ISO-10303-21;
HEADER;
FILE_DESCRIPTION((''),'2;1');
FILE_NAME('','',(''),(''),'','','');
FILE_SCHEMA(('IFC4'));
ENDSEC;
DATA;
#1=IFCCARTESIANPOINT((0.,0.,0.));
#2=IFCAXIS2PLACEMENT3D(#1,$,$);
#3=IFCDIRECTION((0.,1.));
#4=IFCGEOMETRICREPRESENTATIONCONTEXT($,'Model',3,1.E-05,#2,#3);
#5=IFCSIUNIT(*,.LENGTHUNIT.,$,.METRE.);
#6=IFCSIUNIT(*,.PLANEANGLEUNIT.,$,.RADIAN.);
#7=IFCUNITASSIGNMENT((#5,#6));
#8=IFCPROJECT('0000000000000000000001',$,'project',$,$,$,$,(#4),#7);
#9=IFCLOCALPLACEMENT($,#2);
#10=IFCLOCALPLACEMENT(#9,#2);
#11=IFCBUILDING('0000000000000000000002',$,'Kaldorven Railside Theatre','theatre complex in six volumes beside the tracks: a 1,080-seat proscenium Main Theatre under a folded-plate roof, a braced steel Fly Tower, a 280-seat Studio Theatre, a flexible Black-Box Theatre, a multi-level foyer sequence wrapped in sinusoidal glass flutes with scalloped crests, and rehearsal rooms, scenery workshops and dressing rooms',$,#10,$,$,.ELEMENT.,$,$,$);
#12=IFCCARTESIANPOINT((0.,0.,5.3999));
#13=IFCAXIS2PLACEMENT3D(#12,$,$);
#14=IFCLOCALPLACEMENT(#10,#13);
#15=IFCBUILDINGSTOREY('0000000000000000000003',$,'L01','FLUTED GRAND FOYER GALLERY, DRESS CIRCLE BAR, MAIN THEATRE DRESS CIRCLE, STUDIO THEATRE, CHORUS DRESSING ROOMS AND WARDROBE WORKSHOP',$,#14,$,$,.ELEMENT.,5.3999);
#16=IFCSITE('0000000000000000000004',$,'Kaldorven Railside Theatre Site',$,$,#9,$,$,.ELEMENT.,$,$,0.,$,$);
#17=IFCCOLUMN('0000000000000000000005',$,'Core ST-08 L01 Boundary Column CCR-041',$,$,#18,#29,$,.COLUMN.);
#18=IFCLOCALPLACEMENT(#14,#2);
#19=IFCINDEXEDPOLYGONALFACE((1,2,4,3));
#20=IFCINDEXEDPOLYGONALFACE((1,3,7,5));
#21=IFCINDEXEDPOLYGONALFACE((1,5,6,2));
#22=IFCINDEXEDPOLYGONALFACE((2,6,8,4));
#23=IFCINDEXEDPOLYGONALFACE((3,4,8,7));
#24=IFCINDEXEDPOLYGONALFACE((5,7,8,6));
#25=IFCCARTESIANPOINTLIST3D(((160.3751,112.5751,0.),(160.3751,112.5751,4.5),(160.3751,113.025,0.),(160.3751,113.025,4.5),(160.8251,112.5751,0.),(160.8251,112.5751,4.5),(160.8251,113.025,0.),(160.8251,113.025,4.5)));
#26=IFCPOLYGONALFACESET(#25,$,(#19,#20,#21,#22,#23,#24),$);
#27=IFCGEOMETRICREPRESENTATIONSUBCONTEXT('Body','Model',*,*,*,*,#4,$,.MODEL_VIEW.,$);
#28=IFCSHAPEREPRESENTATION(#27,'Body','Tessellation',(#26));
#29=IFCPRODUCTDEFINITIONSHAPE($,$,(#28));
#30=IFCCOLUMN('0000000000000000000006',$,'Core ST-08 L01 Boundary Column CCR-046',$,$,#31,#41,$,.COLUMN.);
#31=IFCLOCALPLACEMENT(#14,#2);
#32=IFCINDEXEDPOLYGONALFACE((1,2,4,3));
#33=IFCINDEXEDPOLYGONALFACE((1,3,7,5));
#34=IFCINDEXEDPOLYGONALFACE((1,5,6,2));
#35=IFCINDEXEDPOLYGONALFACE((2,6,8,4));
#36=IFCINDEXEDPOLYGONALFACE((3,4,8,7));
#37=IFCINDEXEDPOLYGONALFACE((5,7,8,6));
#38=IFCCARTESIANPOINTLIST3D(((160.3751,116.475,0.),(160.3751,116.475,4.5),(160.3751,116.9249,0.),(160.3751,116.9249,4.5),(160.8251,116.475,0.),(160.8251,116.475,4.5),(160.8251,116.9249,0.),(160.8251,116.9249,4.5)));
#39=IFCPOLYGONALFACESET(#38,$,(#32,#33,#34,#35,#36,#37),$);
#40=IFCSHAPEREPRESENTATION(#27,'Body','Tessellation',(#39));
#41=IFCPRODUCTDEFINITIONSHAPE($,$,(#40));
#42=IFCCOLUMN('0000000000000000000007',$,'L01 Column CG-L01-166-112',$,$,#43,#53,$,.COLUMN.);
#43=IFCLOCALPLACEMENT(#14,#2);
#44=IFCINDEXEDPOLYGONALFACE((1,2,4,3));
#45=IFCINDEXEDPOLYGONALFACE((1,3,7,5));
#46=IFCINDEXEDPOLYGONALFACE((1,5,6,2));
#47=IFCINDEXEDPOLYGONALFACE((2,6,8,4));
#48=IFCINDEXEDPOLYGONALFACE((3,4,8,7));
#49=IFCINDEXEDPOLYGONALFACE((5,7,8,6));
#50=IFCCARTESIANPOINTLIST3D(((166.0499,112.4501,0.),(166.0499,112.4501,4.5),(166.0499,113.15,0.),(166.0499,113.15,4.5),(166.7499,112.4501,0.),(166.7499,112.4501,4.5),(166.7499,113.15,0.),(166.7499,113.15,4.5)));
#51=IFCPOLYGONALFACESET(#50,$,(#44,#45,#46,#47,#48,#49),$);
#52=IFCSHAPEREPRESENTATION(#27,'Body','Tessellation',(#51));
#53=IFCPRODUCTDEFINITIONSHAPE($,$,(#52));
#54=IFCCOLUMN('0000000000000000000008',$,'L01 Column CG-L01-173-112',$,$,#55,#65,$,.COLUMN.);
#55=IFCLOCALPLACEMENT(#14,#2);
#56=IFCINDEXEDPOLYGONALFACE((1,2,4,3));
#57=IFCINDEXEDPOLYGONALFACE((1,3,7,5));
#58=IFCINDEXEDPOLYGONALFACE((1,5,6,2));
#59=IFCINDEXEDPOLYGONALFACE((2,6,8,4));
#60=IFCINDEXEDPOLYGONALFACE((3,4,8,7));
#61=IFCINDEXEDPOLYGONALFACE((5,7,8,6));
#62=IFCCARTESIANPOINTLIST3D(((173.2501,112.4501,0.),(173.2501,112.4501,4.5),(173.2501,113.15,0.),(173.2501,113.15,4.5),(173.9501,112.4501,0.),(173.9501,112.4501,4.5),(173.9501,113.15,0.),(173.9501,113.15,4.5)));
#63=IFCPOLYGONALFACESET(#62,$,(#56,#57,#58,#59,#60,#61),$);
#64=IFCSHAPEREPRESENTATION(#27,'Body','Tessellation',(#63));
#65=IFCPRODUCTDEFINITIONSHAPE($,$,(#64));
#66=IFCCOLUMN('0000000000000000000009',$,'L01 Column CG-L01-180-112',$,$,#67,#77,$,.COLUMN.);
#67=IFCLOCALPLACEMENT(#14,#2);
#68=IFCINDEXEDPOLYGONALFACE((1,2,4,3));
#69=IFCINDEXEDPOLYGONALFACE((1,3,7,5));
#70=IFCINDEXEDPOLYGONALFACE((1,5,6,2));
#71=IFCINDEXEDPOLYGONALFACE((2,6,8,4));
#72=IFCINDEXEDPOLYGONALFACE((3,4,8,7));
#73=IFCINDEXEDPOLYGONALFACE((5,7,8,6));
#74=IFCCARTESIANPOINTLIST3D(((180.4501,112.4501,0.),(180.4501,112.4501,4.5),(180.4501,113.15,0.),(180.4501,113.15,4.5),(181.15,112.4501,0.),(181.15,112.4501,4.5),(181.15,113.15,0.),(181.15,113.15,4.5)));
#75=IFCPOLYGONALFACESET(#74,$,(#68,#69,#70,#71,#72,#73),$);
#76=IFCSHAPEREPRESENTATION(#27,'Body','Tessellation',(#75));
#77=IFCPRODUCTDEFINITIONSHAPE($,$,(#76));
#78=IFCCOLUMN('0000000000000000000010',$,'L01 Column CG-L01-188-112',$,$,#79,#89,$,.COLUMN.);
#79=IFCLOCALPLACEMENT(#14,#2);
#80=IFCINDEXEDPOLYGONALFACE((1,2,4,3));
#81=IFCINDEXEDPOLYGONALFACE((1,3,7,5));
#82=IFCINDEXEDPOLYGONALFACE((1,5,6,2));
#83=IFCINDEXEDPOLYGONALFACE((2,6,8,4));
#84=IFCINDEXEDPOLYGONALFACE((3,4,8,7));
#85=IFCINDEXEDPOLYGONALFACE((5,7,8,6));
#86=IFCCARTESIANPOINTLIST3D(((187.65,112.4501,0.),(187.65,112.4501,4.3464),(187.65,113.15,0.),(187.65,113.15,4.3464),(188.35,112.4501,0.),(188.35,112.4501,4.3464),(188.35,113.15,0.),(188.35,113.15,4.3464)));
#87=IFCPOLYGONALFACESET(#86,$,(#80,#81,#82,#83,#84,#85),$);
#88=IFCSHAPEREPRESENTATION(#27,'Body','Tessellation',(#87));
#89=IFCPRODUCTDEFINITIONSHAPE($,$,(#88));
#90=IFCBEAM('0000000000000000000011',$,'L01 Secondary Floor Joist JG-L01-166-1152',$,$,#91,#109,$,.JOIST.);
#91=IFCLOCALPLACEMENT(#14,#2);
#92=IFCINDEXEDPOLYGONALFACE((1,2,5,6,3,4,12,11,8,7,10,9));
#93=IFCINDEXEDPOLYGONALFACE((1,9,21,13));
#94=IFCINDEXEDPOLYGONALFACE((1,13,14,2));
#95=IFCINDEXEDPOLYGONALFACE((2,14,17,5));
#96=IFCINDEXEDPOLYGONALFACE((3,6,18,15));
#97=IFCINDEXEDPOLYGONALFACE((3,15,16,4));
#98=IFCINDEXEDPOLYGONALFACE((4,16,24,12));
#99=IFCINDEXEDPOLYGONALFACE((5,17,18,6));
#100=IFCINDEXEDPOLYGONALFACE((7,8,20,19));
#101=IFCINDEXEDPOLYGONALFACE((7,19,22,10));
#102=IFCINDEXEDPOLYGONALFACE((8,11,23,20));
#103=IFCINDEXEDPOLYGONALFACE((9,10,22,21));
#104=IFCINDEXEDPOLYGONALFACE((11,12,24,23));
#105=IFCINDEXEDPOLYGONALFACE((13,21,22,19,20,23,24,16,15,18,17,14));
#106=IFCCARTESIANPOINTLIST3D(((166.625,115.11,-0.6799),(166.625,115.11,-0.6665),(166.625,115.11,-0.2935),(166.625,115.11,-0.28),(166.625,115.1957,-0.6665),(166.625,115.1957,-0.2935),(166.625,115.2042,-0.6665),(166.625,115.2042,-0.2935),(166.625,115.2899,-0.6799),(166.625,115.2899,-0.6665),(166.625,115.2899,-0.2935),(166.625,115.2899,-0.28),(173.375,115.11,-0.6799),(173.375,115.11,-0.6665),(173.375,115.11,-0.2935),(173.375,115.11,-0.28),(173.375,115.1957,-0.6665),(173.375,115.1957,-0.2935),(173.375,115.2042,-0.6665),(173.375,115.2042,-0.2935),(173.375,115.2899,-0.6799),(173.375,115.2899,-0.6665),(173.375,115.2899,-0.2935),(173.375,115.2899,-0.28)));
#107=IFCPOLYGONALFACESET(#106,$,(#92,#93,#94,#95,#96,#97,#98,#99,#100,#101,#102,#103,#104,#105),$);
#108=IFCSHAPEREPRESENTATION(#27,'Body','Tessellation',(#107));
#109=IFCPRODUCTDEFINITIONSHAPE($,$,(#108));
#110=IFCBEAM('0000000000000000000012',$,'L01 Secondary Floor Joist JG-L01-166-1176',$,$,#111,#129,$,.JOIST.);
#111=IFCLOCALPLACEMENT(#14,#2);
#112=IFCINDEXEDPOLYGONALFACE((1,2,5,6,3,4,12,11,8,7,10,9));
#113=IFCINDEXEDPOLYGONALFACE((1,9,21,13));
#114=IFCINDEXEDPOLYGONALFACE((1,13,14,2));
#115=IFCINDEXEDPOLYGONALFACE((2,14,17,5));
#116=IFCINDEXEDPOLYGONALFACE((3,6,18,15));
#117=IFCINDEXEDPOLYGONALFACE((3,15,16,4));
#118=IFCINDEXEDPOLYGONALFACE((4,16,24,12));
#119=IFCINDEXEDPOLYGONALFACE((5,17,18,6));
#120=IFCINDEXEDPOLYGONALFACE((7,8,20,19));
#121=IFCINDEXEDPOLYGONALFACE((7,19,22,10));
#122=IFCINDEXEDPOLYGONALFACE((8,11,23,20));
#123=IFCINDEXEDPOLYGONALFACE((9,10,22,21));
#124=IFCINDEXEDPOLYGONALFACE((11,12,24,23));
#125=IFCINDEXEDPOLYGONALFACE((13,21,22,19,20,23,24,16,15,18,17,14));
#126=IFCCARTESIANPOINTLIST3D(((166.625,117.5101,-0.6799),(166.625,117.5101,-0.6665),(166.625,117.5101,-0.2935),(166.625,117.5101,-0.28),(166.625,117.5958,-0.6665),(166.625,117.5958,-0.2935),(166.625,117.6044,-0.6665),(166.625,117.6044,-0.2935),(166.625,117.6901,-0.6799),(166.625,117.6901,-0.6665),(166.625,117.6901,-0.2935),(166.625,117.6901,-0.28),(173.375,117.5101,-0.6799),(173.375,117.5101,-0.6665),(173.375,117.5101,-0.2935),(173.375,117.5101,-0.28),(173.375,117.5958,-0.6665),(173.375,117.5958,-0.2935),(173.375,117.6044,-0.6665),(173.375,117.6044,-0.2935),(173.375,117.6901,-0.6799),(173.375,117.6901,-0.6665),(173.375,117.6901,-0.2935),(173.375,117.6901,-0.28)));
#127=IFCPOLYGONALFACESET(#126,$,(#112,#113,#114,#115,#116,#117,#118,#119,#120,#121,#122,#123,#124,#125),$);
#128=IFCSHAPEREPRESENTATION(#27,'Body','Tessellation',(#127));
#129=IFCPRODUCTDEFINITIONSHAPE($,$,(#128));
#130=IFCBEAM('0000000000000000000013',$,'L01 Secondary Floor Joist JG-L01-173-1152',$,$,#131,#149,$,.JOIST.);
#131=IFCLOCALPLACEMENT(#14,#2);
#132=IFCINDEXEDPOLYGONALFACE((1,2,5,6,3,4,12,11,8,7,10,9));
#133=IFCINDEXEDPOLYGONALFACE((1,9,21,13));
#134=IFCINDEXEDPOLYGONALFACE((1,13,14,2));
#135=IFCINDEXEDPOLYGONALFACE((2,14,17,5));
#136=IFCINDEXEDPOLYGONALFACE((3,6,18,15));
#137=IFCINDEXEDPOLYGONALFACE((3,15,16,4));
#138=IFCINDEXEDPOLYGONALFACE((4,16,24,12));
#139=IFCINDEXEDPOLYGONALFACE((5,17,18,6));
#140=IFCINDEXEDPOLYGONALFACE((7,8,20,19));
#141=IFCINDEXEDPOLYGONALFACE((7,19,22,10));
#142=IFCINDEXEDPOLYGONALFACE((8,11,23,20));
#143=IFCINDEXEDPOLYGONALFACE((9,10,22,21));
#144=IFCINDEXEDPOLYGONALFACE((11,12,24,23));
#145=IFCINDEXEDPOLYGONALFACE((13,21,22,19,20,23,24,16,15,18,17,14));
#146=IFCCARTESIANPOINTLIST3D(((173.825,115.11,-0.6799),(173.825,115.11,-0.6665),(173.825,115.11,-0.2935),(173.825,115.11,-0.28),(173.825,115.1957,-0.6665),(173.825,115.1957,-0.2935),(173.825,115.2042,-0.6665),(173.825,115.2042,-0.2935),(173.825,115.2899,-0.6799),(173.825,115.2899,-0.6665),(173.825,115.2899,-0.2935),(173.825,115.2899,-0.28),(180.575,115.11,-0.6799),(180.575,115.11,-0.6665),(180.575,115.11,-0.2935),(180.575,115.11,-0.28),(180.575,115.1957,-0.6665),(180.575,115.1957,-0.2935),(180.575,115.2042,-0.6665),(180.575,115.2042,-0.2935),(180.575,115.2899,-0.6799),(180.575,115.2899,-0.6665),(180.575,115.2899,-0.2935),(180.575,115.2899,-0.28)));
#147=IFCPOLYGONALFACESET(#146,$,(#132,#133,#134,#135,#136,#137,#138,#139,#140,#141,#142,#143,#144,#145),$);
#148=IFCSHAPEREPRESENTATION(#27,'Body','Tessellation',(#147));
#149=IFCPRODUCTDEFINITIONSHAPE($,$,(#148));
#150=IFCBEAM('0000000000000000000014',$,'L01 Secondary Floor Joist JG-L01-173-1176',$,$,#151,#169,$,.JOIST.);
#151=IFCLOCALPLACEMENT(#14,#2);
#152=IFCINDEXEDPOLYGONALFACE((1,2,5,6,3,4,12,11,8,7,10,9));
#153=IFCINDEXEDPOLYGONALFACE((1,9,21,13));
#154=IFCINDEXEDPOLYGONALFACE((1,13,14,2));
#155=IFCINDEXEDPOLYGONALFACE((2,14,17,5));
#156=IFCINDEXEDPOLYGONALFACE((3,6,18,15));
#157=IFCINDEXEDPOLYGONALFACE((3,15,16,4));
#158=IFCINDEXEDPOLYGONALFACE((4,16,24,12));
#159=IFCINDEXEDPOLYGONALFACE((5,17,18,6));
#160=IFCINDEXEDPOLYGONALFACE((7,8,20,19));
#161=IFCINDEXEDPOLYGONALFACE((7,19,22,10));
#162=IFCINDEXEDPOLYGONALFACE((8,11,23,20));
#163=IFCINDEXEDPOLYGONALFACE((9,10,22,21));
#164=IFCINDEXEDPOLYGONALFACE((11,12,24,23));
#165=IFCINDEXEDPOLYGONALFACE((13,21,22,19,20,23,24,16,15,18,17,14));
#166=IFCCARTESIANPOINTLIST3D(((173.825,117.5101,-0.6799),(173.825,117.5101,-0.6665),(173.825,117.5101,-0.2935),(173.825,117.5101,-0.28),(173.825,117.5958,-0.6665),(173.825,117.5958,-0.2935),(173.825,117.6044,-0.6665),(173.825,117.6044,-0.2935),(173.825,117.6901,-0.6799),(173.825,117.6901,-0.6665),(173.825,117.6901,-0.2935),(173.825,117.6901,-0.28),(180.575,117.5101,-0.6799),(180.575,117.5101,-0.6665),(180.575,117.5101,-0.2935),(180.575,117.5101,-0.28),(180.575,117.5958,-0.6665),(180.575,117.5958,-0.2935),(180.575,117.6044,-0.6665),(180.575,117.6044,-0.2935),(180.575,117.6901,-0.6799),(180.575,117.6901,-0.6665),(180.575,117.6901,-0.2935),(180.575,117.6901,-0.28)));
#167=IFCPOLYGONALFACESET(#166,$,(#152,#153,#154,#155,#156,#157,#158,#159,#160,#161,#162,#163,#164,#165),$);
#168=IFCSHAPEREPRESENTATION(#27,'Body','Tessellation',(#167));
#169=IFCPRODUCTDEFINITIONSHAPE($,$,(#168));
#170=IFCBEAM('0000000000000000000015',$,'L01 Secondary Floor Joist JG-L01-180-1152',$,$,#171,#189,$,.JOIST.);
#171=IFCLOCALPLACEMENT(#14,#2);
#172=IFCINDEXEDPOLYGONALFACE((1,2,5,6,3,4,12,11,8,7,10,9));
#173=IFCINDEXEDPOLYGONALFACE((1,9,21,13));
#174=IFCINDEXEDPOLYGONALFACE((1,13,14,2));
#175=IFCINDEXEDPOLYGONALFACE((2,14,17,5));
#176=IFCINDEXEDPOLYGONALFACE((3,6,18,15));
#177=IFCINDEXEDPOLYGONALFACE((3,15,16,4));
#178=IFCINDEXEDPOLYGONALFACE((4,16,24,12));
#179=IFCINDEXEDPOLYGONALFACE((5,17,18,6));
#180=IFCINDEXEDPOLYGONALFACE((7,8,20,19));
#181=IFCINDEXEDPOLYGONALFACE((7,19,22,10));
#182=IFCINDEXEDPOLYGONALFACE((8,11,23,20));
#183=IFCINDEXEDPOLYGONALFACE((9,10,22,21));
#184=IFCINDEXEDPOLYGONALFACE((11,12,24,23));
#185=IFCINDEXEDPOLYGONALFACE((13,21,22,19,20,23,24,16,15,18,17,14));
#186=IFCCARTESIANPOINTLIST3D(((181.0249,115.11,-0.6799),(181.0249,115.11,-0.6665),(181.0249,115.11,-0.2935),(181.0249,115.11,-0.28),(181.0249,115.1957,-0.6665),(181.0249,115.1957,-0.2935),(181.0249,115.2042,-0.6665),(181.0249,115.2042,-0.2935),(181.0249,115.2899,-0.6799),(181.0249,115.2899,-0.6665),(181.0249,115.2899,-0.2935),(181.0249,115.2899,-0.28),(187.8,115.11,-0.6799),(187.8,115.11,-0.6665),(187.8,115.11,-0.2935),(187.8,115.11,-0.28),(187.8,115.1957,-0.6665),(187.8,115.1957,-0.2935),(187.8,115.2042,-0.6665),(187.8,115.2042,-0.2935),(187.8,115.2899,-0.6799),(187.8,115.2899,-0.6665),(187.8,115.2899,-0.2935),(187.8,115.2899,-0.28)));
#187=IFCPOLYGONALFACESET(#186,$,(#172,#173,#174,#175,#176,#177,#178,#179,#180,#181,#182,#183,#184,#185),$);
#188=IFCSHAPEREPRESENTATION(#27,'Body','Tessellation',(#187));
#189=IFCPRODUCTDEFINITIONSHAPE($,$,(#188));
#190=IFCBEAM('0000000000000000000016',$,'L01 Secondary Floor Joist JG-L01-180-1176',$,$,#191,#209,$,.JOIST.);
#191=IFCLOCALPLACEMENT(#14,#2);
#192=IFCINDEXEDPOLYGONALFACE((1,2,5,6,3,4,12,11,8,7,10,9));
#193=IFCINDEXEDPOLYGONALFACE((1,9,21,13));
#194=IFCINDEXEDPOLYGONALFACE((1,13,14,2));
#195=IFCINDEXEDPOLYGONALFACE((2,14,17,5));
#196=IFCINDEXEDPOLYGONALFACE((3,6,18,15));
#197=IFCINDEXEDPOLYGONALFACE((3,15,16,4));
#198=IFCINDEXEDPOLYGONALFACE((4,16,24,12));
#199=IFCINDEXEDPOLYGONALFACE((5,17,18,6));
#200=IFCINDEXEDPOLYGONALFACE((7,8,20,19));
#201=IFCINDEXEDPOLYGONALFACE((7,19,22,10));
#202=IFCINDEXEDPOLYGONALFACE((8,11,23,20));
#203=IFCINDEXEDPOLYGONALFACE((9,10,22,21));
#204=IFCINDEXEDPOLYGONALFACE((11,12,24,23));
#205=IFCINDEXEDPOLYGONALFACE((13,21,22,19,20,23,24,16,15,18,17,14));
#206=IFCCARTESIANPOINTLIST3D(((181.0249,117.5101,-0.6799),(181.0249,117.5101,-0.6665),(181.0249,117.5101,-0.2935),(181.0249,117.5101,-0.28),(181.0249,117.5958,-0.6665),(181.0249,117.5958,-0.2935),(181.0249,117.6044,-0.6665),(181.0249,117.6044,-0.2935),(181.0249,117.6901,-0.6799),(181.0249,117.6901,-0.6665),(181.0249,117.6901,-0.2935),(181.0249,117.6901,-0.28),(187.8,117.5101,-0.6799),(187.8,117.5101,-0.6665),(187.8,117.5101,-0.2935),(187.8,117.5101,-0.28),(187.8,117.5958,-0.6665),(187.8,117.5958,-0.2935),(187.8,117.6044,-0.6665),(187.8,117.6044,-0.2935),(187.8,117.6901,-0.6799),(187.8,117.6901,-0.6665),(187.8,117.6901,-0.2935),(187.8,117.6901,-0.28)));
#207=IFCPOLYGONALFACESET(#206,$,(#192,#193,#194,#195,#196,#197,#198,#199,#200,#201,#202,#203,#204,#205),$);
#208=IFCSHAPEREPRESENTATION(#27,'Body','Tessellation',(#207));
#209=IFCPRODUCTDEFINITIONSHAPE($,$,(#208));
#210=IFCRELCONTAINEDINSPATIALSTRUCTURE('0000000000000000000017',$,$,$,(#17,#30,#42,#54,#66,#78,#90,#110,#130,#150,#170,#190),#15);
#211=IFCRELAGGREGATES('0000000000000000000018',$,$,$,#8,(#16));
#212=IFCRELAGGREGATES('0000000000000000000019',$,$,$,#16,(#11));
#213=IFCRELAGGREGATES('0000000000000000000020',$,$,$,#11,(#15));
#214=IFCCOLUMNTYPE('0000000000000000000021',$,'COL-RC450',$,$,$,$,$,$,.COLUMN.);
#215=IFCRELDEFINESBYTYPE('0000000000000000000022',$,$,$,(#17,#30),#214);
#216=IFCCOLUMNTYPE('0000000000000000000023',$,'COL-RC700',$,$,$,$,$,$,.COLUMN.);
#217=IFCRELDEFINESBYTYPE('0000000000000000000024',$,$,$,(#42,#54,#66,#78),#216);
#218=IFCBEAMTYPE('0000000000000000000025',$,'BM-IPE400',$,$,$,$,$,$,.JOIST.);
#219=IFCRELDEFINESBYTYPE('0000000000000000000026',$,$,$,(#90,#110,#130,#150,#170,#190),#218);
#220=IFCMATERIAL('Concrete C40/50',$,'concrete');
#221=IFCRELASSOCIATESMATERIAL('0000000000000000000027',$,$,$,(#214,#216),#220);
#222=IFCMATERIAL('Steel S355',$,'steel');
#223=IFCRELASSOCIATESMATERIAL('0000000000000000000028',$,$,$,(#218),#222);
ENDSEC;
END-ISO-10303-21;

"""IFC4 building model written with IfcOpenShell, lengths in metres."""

from ifc_helpers import new_model, si_unit, direction, frame, origin, origin_2d, place, context, subcontext, project, spatial, rectangle, i_section, extrude, material, material_profile, profile_set, type_object, element, save


model = new_model("IFC4")

# Units and contexts
model_context = context("Model", 3, precision=1e-05, world=origin(), true_north=direction((0.0, 1.0)))
body_context = subcontext(model_context, "Body", "Model", "MODEL_VIEW")
ifc_project = project(units=[si_unit("LENGTHUNIT", "METRE"), si_unit("PLANEANGLEUNIT", "RADIAN")], contexts=[model_context])

# Site, building, storey
site_placement = place(None, origin())
site = spatial("IfcSite", under=ifc_project, at=site_placement, Name="Kaldorven Railside Theatre Site", CompositionType="ELEMENT", RefElevation=0.0)
building_placement = place(site_placement, origin())
building = spatial("IfcBuilding", under=site, at=building_placement, Name="Kaldorven Railside Theatre", Description="theatre complex in six volumes beside the tracks: a 1,080-seat proscenium Main Theatre under a folded-plate roof, a braced steel Fly Tower, a 280-seat Studio Theatre, a flexible Black-Box Theatre, a multi-level foyer sequence wrapped in sinusoidal glass flutes with scalloped crests, and rehearsal rooms, scenery workshops and dressing rooms", CompositionType="ELEMENT")
storey_placement = place(building_placement, frame((0.0, 0.0, 5.3999)))
storey = spatial("IfcBuildingStorey", under=building, at=storey_placement, Name="L01", Description="FLUTED GRAND FOYER GALLERY, DRESS CIRCLE BAR, MAIN THEATRE DRESS CIRCLE, STUDIO THEATRE, CHORUS DRESSING ROOMS AND WARDROBE WORKSHOP", CompositionType="ELEMENT", Elevation=5.3999)

# Columns
ifc_material_1 = material(Name="Concrete C40/50", Category="concrete")
ifc_material_profile_1 = material_profile(ifc_material_1, rectangle(XDim=0.45, YDim=0.45, at=origin_2d()), Name="RC 450x450")
ifc_profile_set_1 = profile_set([ifc_material_profile_1], Name="Concrete C40/50")
column_type_1 = type_object("IfcColumnType", Name="COL-RC450", PredefinedType="COLUMN", material=ifc_profile_set_1)
for number, where, z_axis, x_axis, name in (
    (1, (160.6001, 112.8, 0.0), (0.0, 0.0, 1.0), (1.0, 0.0, 0.0), "Core ST-08 L01 Boundary Column CCR-041"),
    (2, (160.6001, 116.7, 0.0), (0.0, 0.0, 1.0), (1.0, 0.0, 0.0), "Core ST-08 L01 Boundary Column CCR-046"),
):
    element("IfcColumn", number, at=place(storey_placement, frame(where, z_axis=z_axis, x_axis=x_axis)), inside=storey, type_object=column_type_1, Name=name, PredefinedType="COLUMN", context=body_context, shape_type="SweptSolid", body=[
        extrude(rectangle(XDim=0.45, YDim=0.45, at=origin_2d()), origin(), (0.0, 0.0, 1.0), 4.5),
    ])
ifc_material_profile_2 = material_profile(ifc_material_1, rectangle(XDim=0.7, YDim=0.7, at=origin_2d()), Name="RC 700x700")
ifc_profile_set_2 = profile_set([ifc_material_profile_2], Name="Concrete C40/50")
column_type_2 = type_object("IfcColumnType", Name="COL-RC700", PredefinedType="COLUMN", material=ifc_profile_set_2)
for number, where, z_axis, x_axis, name in (
    (3, (166.3999, 112.8, 0.0), (0.0, 0.0, 1.0), (0.0, 1.0, 0.0), "L01 Column CG-L01-166-112"),
    (4, (173.6001, 112.8, 0.0), (0.0, 0.0, 1.0), (1.0, 0.0, 0.0), "L01 Column CG-L01-173-112"),
    (5, (180.8, 112.8, 0.0), (0.0, 0.0, 1.0), (0.0, 1.0, 0.0), "L01 Column CG-L01-180-112"),
):
    element("IfcColumn", number, at=place(storey_placement, frame(where, z_axis=z_axis, x_axis=x_axis)), inside=storey, type_object=column_type_2, Name=name, PredefinedType="COLUMN", context=body_context, shape_type="SweptSolid", body=[
        extrude(rectangle(XDim=0.7, YDim=0.7, at=origin_2d()), origin(), (0.0, 0.0, 1.0), 4.5),
    ])
column_placement = place(storey_placement, frame((188.0, 112.8, 0.0), z_axis=(0.0, 0.0, 1.0), x_axis=(1.0, 0.0, 0.0)))
element("IfcColumn", 6, at=column_placement, inside=storey, type_object=column_type_2, Name="L01 Column CG-L01-188-112", PredefinedType="COLUMN", context=body_context, shape_type="SweptSolid", body=[
    extrude(rectangle(XDim=0.7, YDim=0.7, at=origin_2d()), origin(), (0.0, 0.0, 1.0), 4.3464),
])

# Beams
ifc_material_2 = material(Name="Steel S355", Category="steel")
ifc_material_profile_3 = material_profile(ifc_material_2, i_section(OverallWidth=0.1799, OverallDepth=0.3999, WebThickness=0.0085, FlangeThickness=0.0134, at=origin_2d()), Name="IPE 400")
ifc_profile_set_3 = profile_set([ifc_material_profile_3], Name="Steel S355")
beam_type_1 = type_object("IfcBeamType", Name="BM-IPE400", PredefinedType="JOIST", material=ifc_profile_set_3)
for number, where, z_axis, x_axis, name in (
    (7, (166.625, 115.2, -0.48), (1.0, 0.0, 0.0), (0.0, 1.0, 0.0), "L01 Secondary Floor Joist JG-L01-166-1152"),
    (8, (166.625, 117.6001, -0.48), (1.0, 0.0, 0.0), (0.0, 1.0, 0.0), "L01 Secondary Floor Joist JG-L01-166-1176"),
    (9, (173.825, 115.2, -0.48), (1.0, 0.0, 0.0), (0.0, 1.0, 0.0), "L01 Secondary Floor Joist JG-L01-173-1152"),
    (10, (173.825, 117.6001, -0.48), (1.0, 0.0, 0.0), (0.0, 1.0, 0.0), "L01 Secondary Floor Joist JG-L01-173-1176"),
):
    element("IfcBeam", number, at=place(storey_placement, frame(where, z_axis=z_axis, x_axis=x_axis)), inside=storey, type_object=beam_type_1, Name=name, PredefinedType="JOIST", context=body_context, shape_type="SweptSolid", body=[
        extrude(i_section(OverallWidth=0.1799, OverallDepth=0.3999, WebThickness=0.0085, FlangeThickness=0.0134, at=origin_2d()), origin(), (0.0, 0.0, 1.0), 6.75),
    ])
for number, where, z_axis, x_axis, name in (
    (11, (181.0249, 115.2, -0.48), (1.0, 0.0, 0.0), (0.0, 1.0, 0.0), "L01 Secondary Floor Joist JG-L01-180-1152"),
    (12, (181.0249, 117.6001, -0.48), (1.0, 0.0, 0.0), (0.0, 1.0, 0.0), "L01 Secondary Floor Joist JG-L01-180-1176"),
):
    element("IfcBeam", number, at=place(storey_placement, frame(where, z_axis=z_axis, x_axis=x_axis)), inside=storey, type_object=beam_type_1, Name=name, PredefinedType="JOIST", context=body_context, shape_type="SweptSolid", body=[
        extrude(i_section(OverallWidth=0.1799, OverallDepth=0.3999, WebThickness=0.0085, FlangeThickness=0.0134, at=origin_2d()), origin(), (0.0, 0.0, 1.0), 6.7751),
    ])

save(model, "model.ifc")
